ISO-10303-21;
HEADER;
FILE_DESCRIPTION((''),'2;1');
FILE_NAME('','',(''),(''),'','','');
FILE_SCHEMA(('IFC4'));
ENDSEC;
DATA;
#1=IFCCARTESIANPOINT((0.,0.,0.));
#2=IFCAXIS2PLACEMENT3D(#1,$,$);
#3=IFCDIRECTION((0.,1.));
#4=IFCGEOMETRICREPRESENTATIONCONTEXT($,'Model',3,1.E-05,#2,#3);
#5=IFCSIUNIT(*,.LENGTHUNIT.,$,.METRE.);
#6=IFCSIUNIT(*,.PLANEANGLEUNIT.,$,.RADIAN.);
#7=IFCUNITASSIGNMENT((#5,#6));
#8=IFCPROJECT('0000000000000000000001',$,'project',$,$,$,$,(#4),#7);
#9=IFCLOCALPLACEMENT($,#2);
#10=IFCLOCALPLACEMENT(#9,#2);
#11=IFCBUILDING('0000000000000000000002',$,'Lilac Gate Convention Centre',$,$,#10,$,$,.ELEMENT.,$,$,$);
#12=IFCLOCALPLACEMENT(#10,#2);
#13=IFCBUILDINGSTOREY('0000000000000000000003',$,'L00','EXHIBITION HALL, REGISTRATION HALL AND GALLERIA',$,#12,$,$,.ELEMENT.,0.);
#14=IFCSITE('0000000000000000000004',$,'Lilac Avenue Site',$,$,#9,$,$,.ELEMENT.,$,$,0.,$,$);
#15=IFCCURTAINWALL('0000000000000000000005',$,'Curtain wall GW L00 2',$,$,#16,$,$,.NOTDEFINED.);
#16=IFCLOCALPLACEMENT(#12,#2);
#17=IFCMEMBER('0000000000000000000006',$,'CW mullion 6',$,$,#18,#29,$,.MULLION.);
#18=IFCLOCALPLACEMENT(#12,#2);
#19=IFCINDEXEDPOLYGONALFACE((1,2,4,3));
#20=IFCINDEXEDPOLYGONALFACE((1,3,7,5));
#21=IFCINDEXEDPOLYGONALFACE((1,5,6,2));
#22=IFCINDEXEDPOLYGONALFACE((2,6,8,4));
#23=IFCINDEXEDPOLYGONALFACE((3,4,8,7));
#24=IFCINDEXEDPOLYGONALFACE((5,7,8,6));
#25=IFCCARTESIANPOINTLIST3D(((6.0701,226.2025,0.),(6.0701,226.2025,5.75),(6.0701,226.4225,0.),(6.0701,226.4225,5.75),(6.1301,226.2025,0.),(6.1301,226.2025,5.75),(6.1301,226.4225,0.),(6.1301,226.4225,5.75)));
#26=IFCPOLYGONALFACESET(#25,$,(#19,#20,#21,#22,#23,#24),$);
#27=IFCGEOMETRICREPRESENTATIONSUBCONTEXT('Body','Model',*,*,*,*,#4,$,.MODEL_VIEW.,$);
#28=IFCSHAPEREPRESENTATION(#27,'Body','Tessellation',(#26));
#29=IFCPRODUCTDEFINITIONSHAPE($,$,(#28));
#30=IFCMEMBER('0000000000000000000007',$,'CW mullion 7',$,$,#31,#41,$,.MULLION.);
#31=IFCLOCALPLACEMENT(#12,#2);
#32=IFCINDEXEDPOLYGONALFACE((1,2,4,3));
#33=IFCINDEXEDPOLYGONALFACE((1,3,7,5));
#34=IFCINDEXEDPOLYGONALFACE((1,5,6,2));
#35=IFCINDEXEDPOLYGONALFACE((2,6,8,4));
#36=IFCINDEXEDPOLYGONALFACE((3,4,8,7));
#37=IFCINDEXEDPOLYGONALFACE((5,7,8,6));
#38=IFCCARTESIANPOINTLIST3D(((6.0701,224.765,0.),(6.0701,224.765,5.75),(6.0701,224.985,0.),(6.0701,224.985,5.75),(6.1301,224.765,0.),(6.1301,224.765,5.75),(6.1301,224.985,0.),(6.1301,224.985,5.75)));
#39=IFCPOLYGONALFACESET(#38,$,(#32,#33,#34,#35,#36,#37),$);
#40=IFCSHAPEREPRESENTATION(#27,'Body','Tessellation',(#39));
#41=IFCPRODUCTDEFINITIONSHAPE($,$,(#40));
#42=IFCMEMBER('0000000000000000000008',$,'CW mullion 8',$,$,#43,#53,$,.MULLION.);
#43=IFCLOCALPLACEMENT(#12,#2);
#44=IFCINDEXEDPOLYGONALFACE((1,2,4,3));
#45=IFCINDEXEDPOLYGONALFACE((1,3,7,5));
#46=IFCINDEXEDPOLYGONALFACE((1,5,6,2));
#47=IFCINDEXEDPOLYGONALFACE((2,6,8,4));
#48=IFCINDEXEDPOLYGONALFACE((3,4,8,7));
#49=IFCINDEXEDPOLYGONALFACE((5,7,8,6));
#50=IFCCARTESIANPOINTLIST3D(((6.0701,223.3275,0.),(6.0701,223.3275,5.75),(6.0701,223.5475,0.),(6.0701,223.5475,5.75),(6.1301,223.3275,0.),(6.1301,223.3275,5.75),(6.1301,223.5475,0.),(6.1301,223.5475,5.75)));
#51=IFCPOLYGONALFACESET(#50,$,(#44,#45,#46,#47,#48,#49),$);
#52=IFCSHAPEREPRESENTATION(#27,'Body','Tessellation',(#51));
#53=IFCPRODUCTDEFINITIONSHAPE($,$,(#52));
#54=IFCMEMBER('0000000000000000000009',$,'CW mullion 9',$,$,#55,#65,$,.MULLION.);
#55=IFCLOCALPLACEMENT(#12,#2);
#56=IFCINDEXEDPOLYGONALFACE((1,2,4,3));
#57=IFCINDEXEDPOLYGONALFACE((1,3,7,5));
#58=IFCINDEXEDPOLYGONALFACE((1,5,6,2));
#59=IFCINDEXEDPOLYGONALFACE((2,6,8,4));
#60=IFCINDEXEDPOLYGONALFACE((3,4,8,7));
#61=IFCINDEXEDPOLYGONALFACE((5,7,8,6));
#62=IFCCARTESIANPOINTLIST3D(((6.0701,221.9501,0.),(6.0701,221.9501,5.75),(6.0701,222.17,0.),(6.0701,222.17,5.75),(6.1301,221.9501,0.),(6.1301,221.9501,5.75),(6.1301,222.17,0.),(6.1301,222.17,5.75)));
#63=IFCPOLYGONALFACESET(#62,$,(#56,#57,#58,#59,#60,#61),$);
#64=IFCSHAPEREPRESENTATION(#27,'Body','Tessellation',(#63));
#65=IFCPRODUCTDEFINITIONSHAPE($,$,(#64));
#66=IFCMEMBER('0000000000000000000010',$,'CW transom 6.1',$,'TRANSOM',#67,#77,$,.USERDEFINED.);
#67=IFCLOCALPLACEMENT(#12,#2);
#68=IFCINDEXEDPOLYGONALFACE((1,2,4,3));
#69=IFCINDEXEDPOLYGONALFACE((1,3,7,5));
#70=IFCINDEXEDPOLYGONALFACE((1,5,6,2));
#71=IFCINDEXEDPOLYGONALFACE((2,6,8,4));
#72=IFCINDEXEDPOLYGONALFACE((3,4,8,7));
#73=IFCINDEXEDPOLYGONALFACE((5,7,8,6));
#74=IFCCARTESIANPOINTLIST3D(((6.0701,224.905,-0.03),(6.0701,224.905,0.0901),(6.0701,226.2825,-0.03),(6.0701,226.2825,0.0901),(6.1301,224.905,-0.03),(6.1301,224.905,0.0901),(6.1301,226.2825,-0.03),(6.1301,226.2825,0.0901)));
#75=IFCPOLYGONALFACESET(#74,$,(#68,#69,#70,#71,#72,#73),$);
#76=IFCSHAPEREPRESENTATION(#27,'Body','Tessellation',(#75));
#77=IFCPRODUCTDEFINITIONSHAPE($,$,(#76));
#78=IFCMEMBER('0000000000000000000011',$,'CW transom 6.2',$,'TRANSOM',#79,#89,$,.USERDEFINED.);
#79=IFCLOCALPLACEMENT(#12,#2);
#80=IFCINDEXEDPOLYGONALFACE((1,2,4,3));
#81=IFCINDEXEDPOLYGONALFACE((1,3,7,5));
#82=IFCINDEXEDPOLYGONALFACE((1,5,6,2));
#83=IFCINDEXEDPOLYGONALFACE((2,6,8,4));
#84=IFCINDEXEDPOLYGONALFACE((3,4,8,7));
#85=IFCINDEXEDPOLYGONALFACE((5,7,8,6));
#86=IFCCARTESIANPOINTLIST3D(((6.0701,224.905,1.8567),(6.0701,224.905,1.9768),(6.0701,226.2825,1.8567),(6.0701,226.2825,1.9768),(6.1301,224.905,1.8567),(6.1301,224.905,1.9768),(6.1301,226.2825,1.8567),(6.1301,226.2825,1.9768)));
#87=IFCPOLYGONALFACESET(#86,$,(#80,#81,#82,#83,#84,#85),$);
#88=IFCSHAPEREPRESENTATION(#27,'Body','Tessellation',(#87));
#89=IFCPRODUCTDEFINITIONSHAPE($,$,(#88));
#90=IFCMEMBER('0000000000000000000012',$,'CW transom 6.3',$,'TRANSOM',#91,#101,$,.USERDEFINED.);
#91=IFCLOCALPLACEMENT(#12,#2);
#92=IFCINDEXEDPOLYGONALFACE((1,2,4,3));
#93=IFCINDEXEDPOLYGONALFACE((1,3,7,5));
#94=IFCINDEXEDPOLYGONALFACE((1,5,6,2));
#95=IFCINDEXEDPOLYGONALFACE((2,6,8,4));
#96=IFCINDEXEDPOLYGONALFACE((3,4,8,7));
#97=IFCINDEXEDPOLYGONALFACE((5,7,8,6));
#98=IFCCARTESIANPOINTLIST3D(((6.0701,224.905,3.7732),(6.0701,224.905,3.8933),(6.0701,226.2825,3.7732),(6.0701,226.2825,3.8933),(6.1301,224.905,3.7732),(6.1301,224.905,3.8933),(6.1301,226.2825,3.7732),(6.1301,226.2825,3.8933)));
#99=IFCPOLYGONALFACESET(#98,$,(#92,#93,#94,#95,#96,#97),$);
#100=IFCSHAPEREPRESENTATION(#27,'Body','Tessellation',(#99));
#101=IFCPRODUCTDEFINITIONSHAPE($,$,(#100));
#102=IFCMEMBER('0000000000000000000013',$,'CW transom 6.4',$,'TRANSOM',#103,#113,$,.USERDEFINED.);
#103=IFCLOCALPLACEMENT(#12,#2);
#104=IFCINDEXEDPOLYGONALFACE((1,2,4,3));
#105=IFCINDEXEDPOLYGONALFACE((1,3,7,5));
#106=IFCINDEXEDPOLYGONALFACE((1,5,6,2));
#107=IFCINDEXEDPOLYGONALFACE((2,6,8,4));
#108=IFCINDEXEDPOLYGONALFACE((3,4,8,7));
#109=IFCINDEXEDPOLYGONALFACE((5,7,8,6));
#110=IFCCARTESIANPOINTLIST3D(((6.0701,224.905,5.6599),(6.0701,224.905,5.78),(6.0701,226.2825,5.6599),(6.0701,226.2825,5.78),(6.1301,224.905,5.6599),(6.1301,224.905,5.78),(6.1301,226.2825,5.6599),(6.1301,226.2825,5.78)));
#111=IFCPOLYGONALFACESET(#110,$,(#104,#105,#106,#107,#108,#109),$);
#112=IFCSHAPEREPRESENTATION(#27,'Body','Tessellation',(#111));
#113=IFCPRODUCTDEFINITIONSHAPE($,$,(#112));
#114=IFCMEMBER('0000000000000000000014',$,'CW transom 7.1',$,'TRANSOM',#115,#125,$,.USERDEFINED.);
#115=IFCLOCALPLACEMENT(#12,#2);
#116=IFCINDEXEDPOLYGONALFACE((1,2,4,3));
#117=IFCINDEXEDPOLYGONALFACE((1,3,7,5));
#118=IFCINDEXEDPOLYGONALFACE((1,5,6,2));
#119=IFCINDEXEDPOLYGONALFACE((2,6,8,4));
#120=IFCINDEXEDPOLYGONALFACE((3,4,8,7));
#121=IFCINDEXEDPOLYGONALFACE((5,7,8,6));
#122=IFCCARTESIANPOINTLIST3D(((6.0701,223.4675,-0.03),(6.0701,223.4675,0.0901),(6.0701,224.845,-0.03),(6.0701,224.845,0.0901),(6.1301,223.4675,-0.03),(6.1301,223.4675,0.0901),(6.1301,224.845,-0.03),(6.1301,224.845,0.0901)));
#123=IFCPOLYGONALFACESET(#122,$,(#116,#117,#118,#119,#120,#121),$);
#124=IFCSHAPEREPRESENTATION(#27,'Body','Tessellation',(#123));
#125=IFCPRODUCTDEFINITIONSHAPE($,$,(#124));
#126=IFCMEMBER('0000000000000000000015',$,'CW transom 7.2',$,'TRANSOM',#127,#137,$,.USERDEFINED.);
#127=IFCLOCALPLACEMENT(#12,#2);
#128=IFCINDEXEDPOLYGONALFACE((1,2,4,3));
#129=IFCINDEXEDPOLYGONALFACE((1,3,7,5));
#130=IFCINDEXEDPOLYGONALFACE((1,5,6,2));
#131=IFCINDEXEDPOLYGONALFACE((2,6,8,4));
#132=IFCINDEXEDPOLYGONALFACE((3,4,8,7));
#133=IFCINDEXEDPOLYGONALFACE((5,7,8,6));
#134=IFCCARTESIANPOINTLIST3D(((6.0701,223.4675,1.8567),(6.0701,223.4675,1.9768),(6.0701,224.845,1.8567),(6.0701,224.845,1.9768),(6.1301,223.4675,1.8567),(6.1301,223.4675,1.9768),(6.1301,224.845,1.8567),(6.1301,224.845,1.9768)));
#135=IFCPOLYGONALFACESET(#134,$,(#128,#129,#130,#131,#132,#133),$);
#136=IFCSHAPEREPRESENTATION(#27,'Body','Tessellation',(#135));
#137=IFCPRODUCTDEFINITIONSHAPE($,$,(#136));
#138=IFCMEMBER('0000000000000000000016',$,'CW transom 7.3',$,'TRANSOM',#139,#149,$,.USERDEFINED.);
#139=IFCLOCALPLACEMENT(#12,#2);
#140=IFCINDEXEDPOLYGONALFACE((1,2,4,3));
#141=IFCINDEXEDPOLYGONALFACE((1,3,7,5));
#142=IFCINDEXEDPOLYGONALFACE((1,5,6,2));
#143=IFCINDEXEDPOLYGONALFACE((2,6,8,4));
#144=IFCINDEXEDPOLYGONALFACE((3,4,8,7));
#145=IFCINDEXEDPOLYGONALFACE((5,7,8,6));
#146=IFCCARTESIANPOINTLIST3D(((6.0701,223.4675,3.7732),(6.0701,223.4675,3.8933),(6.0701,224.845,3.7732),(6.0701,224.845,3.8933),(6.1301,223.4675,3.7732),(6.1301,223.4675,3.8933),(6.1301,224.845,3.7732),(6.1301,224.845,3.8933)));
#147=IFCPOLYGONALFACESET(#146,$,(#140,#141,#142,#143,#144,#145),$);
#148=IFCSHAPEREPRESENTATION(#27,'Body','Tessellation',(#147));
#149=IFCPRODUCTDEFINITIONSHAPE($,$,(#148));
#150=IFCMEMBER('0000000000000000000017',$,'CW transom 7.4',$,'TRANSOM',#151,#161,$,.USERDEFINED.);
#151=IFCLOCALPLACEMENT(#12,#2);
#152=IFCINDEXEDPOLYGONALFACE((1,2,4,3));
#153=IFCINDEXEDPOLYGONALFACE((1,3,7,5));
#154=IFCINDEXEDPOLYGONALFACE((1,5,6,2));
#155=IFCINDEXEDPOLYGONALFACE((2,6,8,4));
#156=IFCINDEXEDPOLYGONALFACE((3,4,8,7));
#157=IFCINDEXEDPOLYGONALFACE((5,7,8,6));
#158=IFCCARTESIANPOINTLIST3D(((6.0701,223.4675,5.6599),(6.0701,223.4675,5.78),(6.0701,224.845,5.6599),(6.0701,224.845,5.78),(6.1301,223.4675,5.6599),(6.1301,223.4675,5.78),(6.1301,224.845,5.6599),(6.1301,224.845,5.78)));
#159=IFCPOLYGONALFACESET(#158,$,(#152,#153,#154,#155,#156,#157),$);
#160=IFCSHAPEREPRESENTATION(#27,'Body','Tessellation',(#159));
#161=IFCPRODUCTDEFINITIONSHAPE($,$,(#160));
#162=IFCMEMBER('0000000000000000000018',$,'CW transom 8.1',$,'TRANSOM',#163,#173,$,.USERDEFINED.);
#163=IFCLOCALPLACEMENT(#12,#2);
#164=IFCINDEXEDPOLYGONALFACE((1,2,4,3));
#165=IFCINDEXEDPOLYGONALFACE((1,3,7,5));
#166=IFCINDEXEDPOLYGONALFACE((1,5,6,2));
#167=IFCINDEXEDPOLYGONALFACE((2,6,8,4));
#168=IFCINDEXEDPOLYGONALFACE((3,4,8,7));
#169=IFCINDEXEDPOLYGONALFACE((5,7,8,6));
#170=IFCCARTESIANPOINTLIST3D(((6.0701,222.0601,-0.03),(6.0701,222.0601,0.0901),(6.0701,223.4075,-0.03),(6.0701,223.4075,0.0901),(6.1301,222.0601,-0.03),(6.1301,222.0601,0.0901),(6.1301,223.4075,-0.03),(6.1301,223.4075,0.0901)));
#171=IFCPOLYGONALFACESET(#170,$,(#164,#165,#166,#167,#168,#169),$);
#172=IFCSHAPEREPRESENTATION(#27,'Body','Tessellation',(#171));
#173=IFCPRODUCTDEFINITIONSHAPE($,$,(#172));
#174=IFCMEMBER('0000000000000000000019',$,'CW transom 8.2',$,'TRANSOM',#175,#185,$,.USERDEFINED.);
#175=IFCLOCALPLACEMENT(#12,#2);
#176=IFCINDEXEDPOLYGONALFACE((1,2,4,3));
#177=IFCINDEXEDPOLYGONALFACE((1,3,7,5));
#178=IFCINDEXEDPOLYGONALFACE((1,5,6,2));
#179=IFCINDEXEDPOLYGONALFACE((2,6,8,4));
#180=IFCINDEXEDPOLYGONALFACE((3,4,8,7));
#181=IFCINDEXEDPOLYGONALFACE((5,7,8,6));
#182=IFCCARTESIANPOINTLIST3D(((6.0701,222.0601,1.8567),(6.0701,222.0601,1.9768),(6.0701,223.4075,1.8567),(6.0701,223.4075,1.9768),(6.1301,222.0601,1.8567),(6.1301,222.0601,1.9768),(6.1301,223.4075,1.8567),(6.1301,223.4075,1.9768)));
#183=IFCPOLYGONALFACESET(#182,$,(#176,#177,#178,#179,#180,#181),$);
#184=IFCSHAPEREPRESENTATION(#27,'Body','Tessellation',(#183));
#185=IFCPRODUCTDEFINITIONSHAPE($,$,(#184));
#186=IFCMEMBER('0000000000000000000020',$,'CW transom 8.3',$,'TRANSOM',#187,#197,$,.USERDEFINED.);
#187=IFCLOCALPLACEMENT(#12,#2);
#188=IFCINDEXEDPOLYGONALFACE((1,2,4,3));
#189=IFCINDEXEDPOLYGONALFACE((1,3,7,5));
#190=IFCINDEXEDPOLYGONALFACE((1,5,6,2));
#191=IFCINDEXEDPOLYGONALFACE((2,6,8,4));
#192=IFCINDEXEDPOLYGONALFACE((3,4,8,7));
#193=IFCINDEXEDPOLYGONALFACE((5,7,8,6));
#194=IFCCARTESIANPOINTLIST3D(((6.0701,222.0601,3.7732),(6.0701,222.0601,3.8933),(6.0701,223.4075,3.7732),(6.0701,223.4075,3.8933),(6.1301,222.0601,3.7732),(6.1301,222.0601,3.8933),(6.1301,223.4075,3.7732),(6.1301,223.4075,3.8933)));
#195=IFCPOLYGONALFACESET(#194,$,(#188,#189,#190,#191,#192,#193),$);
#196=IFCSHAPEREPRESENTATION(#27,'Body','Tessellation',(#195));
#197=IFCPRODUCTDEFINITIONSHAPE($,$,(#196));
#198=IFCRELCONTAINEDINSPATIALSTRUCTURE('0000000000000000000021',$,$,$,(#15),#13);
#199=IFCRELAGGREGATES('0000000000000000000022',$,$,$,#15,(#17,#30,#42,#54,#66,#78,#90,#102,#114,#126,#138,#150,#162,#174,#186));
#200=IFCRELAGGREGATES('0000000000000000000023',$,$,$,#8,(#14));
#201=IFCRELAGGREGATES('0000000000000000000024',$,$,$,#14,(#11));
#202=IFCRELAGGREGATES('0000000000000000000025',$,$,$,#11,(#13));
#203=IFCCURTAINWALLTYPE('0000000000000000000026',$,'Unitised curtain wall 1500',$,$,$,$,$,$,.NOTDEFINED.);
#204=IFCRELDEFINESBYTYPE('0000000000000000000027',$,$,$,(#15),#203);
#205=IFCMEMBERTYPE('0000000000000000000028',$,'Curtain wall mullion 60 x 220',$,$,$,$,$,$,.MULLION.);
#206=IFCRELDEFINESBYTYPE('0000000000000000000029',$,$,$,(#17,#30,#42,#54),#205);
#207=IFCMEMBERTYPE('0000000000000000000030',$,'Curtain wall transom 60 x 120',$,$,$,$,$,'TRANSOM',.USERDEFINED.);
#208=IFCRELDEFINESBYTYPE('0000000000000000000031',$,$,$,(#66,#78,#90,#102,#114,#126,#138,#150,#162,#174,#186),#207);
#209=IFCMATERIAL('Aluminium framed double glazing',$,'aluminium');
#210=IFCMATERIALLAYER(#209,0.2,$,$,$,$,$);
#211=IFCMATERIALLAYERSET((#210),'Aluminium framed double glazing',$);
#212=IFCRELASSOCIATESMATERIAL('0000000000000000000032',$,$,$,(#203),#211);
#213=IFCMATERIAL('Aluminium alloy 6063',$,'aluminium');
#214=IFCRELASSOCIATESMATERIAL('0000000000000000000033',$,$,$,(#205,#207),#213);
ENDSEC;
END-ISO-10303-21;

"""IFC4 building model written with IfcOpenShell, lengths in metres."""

from ifc_helpers import new_model, si_unit, direction, frame, origin, origin_2d, place, context, subcontext, project, spatial, rectangle, extrude, material, layer, layer_set, material_profile, profile_set, type_object, element, aggregate, save


model = new_model("IFC4")

# Units and contexts
model_context = context("Model", 3, precision=1e-05, world=origin(), true_north=direction((0.0, 1.0)))
body_context = subcontext(model_context, "Body", "Model", "MODEL_VIEW")
ifc_project = project(units=[si_unit("LENGTHUNIT", "METRE"), si_unit("PLANEANGLEUNIT", "RADIAN")], contexts=[model_context])

# Site, building, storey
site_placement = place(None, origin())
site = spatial("IfcSite", under=ifc_project, at=site_placement, Name="Lilac Avenue Site", CompositionType="ELEMENT", RefElevation=0.0)
building_placement = place(site_placement, origin())
building = spatial("IfcBuilding", under=site, at=building_placement, Name="Lilac Gate Convention Centre", CompositionType="ELEMENT")
storey_placement = place(building_placement, origin())
storey = spatial("IfcBuildingStorey", under=building, at=storey_placement, Name="L00", Description="EXHIBITION HALL, REGISTRATION HALL AND GALLERIA", CompositionType="ELEMENT", Elevation=0.0)

# Curtain wall, members
ifc_material_1 = material(Name="Aluminium framed double glazing", Category="aluminium")
ifc_layer_1 = layer(ifc_material_1, 0.2)
ifc_layer_set_1 = layer_set([ifc_layer_1], Name="Aluminium framed double glazing")
curtain_wall_type = type_object("IfcCurtainWallType", Name="Unitised curtain wall 1500", PredefinedType="NOTDEFINED", material=ifc_layer_set_1)
curtain_wall_placement = place(storey_placement, origin())
curtain_wall = element("IfcCurtainWall", 1, at=curtain_wall_placement, inside=storey, type_object=curtain_wall_type, Name="Curtain wall GW L00 2", PredefinedType="NOTDEFINED")
ifc_material_2 = material(Name="Aluminium alloy 6063", Category="aluminium")
ifc_material_profile_1 = material_profile(ifc_material_2, rectangle(XDim=0.0601, YDim=0.22, at=origin_2d()), Name="Curtain wall mullion 60 x 220")
ifc_profile_set_1 = profile_set([ifc_material_profile_1], Name="Aluminium alloy 6063")
member_type_1 = type_object("IfcMemberType", Name="Curtain wall mullion 60 x 220", PredefinedType="MULLION", material=ifc_profile_set_1)
member_1_placement = place(storey_placement, frame((6.1001, 226.3125, 0.0), z_axis=(0.0, 0.0, 1.0), x_axis=(1.0, 0.0, 0.0)))
member_1 = element("IfcMember", 2, at=member_1_placement, type_object=member_type_1, Name="CW mullion 6", PredefinedType="MULLION", context=body_context, shape_type="SweptSolid", body=[
    extrude(rectangle(XDim=0.0601, YDim=0.22, at=origin_2d()), origin(), (0.0, 0.0, 1.0), 5.75),
])
member_2_placement = place(storey_placement, frame((6.1001, 224.875, 0.0), z_axis=(0.0, 0.0, 1.0), x_axis=(1.0, 0.0, 0.0)))
member_2 = element("IfcMember", 3, at=member_2_placement, type_object=member_type_1, Name="CW mullion 7", PredefinedType="MULLION", context=body_context, shape_type="SweptSolid", body=[
    extrude(rectangle(XDim=0.0601, YDim=0.22, at=origin_2d()), origin(), (0.0, 0.0, 1.0), 5.75),
])
member_3_placement = place(storey_placement, frame((6.1001, 223.4375, 0.0), z_axis=(0.0, 0.0, 1.0), x_axis=(1.0, 0.0, 0.0)))
member_3 = element("IfcMember", 4, at=member_3_placement, type_object=member_type_1, Name="CW mullion 8", PredefinedType="MULLION", context=body_context, shape_type="SweptSolid", body=[
    extrude(rectangle(XDim=0.0601, YDim=0.22, at=origin_2d()), origin(), (0.0, 0.0, 1.0), 5.75),
])
member_4_placement = place(storey_placement, frame((6.1001, 222.0601, 0.0), z_axis=(0.0, 0.0, 1.0), x_axis=(1.0, 0.0, 0.0)))
member_4 = element("IfcMember", 5, at=member_4_placement, type_object=member_type_1, Name="CW mullion 9", PredefinedType="MULLION", context=body_context, shape_type="SweptSolid", body=[
    extrude(rectangle(XDim=0.0601, YDim=0.22, at=origin_2d()), origin(), (0.0, 0.0, 1.0), 5.75),
])
ifc_material_profile_2 = material_profile(ifc_material_2, rectangle(XDim=0.0601, YDim=0.1201, at=origin_2d()), Name="Curtain wall transom 60 x 120")
ifc_profile_set_2 = profile_set([ifc_material_profile_2], Name="Aluminium alloy 6063")
member_type_2 = type_object("IfcMemberType", Name="Curtain wall transom 60 x 120", ElementType="TRANSOM", PredefinedType="USERDEFINED", material=ifc_profile_set_2)
member_5_placement = place(storey_placement, frame((6.1001, 226.2825, 0.03), z_axis=(0.0, -1.0, 0.0), x_axis=(1.0, 0.0, 0.0)))
member_5 = element("IfcMember", 6, at=member_5_placement, type_object=member_type_2, Name="CW transom 6.1", ObjectType="TRANSOM", PredefinedType="USERDEFINED", context=body_context, shape_type="SweptSolid", body=[
    extrude(rectangle(XDim=0.0601, YDim=0.1201, at=origin_2d()), origin(), (0.0, 0.0, 1.0), 1.3774),
])
member_6_placement = place(storey_placement, frame((6.1001, 226.2825, 1.9167), z_axis=(0.0, -1.0, 0.0), x_axis=(1.0, 0.0, 0.0)))
member_6 = element("IfcMember", 7, at=member_6_placement, type_object=member_type_2, Name="CW transom 6.2", ObjectType="TRANSOM", PredefinedType="USERDEFINED", context=body_context, shape_type="SweptSolid", body=[
    extrude(rectangle(XDim=0.0601, YDim=0.1201, at=origin_2d()), origin(), (0.0, 0.0, 1.0), 1.3774),
])
member_7_placement = place(storey_placement, frame((6.1001, 226.2825, 3.8333), z_axis=(0.0, -1.0, 0.0), x_axis=(1.0, 0.0, 0.0)))
member_7 = element("IfcMember", 8, at=member_7_placement, type_object=member_type_2, Name="CW transom 6.3", ObjectType="TRANSOM", PredefinedType="USERDEFINED", context=body_context, shape_type="SweptSolid", body=[
    extrude(rectangle(XDim=0.0601, YDim=0.1201, at=origin_2d()), origin(), (0.0, 0.0, 1.0), 1.3774),
])
member_8_placement = place(storey_placement, frame((6.1001, 226.2825, 5.72), z_axis=(0.0, -1.0, 0.0), x_axis=(1.0, 0.0, 0.0)))
member_8 = element("IfcMember", 9, at=member_8_placement, type_object=member_type_2, Name="CW transom 6.4", ObjectType="TRANSOM", PredefinedType="USERDEFINED", context=body_context, shape_type="SweptSolid", body=[
    extrude(rectangle(XDim=0.0601, YDim=0.1201, at=origin_2d()), origin(), (0.0, 0.0, 1.0), 1.3774),
])
member_9_placement = place(storey_placement, frame((6.1001, 224.845, 0.03), z_axis=(0.0, -1.0, 0.0), x_axis=(1.0, 0.0, 0.0)))
member_9 = element("IfcMember", 10, at=member_9_placement, type_object=member_type_2, Name="CW transom 7.1", ObjectType="TRANSOM", PredefinedType="USERDEFINED", context=body_context, shape_type="SweptSolid", body=[
    extrude(rectangle(XDim=0.0601, YDim=0.1201, at=origin_2d()), origin(), (0.0, 0.0, 1.0), 1.3774),
])
member_10_placement = place(storey_placement, frame((6.1001, 224.845, 1.9167), z_axis=(0.0, -1.0, 0.0), x_axis=(1.0, 0.0, 0.0)))
member_10 = element("IfcMember", 11, at=member_10_placement, type_object=member_type_2, Name="CW transom 7.2", ObjectType="TRANSOM", PredefinedType="USERDEFINED", context=body_context, shape_type="SweptSolid", body=[
    extrude(rectangle(XDim=0.0601, YDim=0.1201, at=origin_2d()), origin(), (0.0, 0.0, 1.0), 1.3774),
])
member_11_placement = place(storey_placement, frame((6.1001, 224.845, 3.8333), z_axis=(0.0, -1.0, 0.0), x_axis=(1.0, 0.0, 0.0)))
member_11 = element("IfcMember", 12, at=member_11_placement, type_object=member_type_2, Name="CW transom 7.3", ObjectType="TRANSOM", PredefinedType="USERDEFINED", context=body_context, shape_type="SweptSolid", body=[
    extrude(rectangle(XDim=0.0601, YDim=0.1201, at=origin_2d()), origin(), (0.0, 0.0, 1.0), 1.3774),
])
member_12_placement = place(storey_placement, frame((6.1001, 224.845, 5.72), z_axis=(0.0, -1.0, 0.0), x_axis=(1.0, 0.0, 0.0)))
member_12 = element("IfcMember", 13, at=member_12_placement, type_object=member_type_2, Name="CW transom 7.4", ObjectType="TRANSOM", PredefinedType="USERDEFINED", context=body_context, shape_type="SweptSolid", body=[
    extrude(rectangle(XDim=0.0601, YDim=0.1201, at=origin_2d()), origin(), (0.0, 0.0, 1.0), 1.3774),
])
member_13_placement = place(storey_placement, frame((6.1001, 223.4075, 0.03), z_axis=(0.0, -1.0, 0.0), x_axis=(1.0, 0.0, 0.0)))
member_13 = element("IfcMember", 14, at=member_13_placement, type_object=member_type_2, Name="CW transom 8.1", ObjectType="TRANSOM", PredefinedType="USERDEFINED", context=body_context, shape_type="SweptSolid", body=[
    extrude(rectangle(XDim=0.0601, YDim=0.1201, at=origin_2d()), origin(), (0.0, 0.0, 1.0), 1.3474),
])
member_14_placement = place(storey_placement, frame((6.1001, 223.4075, 1.9167), z_axis=(0.0, -1.0, 0.0), x_axis=(1.0, 0.0, 0.0)))
member_14 = element("IfcMember", 15, at=member_14_placement, type_object=member_type_2, Name="CW transom 8.2", ObjectType="TRANSOM", PredefinedType="USERDEFINED", context=body_context, shape_type="SweptSolid", body=[
    extrude(rectangle(XDim=0.0601, YDim=0.1201, at=origin_2d()), origin(), (0.0, 0.0, 1.0), 1.3474),
])
member_15_placement = place(storey_placement, frame((6.1001, 223.4075, 3.8333), z_axis=(0.0, -1.0, 0.0), x_axis=(1.0, 0.0, 0.0)))
member_15 = element("IfcMember", 16, at=member_15_placement, type_object=member_type_2, Name="CW transom 8.3", ObjectType="TRANSOM", PredefinedType="USERDEFINED", context=body_context, shape_type="SweptSolid", body=[
    extrude(rectangle(XDim=0.0601, YDim=0.1201, at=origin_2d()), origin(), (0.0, 0.0, 1.0), 1.3474),
])
aggregate(curtain_wall, [member_1, member_2, member_3, member_4, member_5, member_6, member_7, member_8, member_9, member_10, member_11, member_12, member_13, member_14, member_15])

save(model, "model.ifc")
